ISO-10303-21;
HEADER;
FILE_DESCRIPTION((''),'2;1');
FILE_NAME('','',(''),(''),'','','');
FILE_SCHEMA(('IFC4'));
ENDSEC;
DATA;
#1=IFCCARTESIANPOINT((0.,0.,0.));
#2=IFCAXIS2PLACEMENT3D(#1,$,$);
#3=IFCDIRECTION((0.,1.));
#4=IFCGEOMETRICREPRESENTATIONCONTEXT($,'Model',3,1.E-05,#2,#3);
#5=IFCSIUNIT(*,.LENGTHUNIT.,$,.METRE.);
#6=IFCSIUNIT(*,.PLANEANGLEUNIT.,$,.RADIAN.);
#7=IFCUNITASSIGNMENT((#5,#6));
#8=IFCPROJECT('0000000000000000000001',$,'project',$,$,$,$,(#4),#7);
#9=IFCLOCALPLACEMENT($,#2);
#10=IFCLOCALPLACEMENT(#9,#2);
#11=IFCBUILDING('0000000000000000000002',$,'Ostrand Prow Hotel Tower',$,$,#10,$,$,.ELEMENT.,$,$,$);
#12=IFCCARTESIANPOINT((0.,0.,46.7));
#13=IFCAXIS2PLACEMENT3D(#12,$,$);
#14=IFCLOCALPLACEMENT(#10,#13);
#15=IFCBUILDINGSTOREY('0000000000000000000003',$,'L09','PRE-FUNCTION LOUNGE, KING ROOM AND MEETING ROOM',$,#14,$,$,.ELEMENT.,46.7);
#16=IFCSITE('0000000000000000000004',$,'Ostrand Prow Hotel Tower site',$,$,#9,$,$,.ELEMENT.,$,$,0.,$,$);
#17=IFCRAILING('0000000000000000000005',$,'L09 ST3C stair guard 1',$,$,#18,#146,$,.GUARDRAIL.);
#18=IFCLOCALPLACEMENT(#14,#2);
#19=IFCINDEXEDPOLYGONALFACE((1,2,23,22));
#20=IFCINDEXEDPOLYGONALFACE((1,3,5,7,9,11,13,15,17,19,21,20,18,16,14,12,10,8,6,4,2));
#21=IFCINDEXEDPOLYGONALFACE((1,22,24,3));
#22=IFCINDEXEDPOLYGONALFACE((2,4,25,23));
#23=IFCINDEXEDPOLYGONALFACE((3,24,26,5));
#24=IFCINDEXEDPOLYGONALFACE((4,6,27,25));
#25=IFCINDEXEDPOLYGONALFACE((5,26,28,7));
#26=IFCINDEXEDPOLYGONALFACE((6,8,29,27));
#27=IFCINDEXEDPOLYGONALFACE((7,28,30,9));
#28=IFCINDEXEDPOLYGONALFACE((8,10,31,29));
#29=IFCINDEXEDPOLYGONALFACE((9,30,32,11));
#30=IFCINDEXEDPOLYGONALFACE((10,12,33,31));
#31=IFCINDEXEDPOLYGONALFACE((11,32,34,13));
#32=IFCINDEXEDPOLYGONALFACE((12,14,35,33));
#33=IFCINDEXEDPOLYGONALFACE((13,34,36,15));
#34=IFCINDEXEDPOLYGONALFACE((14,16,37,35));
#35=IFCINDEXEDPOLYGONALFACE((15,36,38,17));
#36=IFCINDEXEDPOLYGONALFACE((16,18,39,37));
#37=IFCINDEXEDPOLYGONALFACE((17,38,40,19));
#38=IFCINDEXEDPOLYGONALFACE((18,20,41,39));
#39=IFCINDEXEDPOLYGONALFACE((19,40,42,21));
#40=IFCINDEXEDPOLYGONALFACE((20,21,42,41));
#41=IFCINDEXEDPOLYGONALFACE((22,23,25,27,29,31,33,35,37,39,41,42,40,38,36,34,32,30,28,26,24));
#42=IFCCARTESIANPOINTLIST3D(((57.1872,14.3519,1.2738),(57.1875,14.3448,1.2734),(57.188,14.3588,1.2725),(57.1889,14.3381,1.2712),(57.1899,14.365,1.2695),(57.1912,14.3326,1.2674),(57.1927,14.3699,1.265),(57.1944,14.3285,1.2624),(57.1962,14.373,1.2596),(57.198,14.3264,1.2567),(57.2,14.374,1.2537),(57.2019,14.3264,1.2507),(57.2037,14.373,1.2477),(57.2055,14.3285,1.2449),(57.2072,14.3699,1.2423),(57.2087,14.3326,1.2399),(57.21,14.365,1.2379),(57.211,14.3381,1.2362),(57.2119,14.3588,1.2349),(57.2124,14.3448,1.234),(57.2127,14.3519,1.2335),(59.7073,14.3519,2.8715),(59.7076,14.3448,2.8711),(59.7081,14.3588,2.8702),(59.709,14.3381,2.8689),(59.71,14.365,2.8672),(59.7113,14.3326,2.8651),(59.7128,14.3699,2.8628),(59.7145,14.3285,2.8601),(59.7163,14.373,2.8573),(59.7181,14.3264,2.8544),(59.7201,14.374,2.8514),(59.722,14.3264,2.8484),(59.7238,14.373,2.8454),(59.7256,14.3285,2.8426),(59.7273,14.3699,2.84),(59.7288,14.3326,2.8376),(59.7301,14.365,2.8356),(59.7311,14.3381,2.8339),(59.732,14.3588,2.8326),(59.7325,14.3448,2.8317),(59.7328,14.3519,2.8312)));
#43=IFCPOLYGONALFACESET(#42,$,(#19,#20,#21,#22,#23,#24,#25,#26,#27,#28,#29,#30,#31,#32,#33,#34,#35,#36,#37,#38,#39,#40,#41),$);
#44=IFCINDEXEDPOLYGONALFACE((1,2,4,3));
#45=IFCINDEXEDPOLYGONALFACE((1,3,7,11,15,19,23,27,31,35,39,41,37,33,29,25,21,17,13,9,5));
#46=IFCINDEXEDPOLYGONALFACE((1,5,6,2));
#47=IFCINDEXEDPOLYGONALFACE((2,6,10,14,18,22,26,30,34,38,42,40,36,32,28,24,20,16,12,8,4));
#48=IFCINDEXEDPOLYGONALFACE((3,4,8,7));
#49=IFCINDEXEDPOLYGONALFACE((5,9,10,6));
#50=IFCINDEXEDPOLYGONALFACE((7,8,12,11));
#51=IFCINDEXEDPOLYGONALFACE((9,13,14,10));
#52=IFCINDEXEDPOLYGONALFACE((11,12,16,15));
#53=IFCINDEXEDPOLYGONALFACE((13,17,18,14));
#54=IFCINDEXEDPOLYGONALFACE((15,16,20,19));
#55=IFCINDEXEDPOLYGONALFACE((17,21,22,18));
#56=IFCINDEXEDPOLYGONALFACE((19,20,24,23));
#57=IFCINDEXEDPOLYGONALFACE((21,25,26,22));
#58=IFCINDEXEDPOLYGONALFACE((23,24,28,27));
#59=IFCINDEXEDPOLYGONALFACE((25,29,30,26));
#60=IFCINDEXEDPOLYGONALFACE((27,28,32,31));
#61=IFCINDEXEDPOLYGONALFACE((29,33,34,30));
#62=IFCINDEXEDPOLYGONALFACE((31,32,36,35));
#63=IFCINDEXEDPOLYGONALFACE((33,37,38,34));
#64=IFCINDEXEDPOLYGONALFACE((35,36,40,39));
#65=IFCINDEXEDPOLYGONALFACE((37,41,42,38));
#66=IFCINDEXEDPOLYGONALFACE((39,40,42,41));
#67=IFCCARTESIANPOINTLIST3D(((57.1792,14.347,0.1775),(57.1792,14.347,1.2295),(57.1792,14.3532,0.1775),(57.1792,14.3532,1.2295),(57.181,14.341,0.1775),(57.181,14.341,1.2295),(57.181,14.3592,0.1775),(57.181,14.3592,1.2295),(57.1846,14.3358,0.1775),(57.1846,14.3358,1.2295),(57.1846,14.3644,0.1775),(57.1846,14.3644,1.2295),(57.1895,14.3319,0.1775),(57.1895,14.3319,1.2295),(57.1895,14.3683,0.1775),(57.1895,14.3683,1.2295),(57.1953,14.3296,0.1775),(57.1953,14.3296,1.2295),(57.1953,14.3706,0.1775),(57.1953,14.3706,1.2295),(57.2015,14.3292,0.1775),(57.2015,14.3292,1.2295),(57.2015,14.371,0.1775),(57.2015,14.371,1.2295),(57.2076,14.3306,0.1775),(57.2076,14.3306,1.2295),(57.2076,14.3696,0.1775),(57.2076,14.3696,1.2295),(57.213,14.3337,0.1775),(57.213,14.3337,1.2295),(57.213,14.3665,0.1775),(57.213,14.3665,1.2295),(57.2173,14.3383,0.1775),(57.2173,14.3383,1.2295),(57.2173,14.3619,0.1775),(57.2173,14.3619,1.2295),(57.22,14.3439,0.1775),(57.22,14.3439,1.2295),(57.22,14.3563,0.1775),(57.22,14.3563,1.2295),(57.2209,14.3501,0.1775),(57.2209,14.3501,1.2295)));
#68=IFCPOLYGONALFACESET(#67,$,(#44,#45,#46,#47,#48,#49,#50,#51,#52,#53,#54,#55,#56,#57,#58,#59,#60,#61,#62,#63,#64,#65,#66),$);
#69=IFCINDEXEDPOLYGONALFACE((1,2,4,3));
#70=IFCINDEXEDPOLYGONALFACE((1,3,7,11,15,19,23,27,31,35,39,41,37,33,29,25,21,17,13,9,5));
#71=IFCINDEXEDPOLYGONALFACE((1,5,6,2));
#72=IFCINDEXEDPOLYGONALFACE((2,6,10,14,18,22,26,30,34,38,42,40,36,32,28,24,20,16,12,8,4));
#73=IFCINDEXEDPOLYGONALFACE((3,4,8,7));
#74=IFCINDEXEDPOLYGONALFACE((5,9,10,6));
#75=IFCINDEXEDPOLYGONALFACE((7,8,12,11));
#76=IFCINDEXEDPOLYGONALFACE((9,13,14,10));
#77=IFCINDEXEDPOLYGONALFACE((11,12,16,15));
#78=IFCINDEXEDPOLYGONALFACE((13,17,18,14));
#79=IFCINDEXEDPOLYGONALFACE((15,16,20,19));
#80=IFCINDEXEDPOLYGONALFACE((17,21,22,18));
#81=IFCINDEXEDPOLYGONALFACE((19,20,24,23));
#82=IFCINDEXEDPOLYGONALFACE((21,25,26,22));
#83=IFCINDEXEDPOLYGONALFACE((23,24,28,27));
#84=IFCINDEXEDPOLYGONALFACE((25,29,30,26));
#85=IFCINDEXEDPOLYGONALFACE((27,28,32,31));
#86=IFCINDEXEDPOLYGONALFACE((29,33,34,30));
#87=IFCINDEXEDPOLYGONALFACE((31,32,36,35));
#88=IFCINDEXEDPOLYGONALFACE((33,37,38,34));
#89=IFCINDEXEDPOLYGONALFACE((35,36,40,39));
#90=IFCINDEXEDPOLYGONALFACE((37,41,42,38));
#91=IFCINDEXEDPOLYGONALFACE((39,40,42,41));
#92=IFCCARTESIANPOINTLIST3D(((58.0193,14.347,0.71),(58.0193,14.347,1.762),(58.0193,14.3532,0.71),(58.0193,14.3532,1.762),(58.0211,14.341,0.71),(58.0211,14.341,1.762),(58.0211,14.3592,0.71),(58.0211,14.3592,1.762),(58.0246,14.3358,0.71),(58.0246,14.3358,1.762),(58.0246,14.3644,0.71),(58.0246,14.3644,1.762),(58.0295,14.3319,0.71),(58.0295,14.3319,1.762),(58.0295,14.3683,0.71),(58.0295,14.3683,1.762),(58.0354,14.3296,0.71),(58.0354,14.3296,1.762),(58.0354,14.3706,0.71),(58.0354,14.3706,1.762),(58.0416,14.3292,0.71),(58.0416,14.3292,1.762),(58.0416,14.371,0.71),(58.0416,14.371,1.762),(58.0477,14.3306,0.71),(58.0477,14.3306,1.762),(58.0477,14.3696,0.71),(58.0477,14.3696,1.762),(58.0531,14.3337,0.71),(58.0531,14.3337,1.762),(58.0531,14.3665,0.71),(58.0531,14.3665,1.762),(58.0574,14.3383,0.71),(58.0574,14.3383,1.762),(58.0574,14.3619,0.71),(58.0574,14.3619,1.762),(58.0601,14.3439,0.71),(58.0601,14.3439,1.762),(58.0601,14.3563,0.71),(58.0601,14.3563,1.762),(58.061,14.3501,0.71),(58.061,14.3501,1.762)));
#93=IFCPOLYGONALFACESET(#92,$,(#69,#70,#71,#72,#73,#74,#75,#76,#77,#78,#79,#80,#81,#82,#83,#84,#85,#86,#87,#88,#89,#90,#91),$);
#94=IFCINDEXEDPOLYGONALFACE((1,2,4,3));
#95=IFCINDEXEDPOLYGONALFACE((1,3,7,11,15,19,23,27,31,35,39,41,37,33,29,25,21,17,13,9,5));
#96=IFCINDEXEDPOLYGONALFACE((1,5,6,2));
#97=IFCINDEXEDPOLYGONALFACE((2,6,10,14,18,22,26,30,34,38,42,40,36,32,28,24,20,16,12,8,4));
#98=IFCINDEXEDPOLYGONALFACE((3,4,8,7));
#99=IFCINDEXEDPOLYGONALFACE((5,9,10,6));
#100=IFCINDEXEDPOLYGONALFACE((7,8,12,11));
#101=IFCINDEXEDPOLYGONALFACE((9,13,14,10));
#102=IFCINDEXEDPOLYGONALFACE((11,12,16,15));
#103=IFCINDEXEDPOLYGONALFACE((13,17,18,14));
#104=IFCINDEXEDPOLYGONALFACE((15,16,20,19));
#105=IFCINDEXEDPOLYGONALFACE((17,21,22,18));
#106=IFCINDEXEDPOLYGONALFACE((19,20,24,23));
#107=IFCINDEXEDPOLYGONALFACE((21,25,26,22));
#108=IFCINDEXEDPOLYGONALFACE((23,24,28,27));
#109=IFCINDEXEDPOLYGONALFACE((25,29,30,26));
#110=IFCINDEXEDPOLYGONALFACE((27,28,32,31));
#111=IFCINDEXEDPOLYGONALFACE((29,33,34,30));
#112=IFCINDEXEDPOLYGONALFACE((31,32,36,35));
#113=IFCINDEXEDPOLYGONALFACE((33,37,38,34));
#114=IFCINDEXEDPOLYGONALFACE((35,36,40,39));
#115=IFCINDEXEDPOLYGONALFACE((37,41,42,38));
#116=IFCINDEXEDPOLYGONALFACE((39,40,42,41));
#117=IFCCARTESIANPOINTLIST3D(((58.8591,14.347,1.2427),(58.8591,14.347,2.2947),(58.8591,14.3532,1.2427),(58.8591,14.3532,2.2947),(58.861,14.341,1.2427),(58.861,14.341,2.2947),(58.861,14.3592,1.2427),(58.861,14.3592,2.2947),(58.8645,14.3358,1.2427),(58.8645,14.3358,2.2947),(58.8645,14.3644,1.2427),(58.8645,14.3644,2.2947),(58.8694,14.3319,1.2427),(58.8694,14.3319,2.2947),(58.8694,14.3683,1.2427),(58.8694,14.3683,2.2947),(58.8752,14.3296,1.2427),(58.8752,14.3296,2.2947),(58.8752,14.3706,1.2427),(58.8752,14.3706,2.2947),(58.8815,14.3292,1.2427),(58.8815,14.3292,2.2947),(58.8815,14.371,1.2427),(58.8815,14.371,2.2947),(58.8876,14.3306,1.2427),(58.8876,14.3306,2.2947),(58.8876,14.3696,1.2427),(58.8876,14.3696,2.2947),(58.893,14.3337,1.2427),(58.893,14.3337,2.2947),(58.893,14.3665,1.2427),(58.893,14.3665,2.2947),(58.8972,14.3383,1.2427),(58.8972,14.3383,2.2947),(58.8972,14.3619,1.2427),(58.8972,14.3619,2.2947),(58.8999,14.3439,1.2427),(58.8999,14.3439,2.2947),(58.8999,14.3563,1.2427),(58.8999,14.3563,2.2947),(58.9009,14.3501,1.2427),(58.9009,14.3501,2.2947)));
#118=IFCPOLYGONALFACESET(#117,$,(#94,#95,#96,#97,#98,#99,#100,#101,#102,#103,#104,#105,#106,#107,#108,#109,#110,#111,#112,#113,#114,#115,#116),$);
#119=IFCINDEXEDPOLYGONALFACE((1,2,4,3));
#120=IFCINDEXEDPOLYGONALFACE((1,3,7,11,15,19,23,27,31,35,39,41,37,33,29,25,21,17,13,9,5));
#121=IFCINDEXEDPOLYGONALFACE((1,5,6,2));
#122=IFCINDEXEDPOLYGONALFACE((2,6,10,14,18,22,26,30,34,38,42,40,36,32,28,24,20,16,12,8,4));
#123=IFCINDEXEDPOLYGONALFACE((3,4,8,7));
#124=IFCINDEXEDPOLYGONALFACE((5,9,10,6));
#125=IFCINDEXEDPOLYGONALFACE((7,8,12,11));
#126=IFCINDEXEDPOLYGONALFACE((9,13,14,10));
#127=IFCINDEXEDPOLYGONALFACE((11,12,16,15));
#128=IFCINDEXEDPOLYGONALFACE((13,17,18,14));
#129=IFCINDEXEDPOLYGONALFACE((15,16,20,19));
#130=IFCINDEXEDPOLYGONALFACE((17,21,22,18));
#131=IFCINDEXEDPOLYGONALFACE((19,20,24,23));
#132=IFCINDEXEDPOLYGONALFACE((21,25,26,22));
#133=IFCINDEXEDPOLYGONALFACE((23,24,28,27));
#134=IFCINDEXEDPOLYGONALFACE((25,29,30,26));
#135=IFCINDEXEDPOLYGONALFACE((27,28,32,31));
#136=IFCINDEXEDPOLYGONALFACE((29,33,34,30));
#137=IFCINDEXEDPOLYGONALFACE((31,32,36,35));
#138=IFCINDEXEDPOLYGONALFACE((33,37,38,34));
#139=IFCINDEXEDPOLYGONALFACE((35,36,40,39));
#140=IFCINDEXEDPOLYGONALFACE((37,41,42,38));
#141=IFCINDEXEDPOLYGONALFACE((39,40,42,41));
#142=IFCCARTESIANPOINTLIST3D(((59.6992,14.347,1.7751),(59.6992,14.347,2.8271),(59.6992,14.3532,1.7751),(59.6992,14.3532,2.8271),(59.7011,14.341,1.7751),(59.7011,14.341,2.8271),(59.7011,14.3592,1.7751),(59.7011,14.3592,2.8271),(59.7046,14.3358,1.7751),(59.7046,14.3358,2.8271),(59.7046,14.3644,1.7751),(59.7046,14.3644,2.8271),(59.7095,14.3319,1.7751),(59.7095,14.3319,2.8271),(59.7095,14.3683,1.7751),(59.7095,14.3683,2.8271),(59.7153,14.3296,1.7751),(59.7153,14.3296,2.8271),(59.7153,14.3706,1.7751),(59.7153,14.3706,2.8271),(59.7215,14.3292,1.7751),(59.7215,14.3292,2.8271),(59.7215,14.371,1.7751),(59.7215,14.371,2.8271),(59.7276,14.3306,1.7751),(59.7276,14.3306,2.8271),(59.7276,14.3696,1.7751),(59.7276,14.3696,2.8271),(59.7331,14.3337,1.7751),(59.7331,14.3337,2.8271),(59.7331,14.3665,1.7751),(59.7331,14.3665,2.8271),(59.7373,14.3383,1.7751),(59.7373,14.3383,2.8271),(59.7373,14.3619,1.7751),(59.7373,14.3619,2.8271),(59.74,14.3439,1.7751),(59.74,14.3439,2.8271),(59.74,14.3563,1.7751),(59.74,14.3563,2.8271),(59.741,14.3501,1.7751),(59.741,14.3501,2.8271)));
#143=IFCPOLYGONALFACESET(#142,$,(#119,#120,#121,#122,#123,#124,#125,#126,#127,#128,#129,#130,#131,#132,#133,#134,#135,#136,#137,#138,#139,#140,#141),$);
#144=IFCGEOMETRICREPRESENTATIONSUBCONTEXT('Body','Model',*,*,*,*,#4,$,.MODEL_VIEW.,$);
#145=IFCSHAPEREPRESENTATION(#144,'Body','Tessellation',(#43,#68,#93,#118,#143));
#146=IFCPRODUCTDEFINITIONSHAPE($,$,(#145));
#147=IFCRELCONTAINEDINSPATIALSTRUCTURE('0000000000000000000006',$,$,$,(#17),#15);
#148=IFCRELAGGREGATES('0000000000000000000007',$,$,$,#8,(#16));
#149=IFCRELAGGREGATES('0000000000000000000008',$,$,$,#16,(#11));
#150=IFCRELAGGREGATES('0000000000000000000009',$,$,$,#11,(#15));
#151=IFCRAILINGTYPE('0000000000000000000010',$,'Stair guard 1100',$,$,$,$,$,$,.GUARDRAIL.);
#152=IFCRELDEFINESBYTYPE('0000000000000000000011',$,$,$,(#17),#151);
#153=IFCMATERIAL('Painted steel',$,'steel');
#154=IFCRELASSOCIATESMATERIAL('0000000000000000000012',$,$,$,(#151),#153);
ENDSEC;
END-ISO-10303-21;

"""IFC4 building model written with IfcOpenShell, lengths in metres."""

from ifc_helpers import new_model, si_unit, direction, frame, origin, origin_2d, place, context, subcontext, project, spatial, circle, extrude, material, type_object, element, save


model = new_model("IFC4")

# Units and contexts
model_context = context("Model", 3, precision=1e-05, world=origin(), true_north=direction((0.0, 1.0)))
body_context = subcontext(model_context, "Body", "Model", "MODEL_VIEW")
ifc_project = project(units=[si_unit("LENGTHUNIT", "METRE"), si_unit("PLANEANGLEUNIT", "RADIAN")], contexts=[model_context])

# Site, building, storey
site_placement = place(None, origin())
site = spatial("IfcSite", under=ifc_project, at=site_placement, Name="Ostrand Prow Hotel Tower site", CompositionType="ELEMENT", RefElevation=0.0)
building_placement = place(site_placement, origin())
building = spatial("IfcBuilding", under=site, at=building_placement, Name="Ostrand Prow Hotel Tower", CompositionType="ELEMENT")
storey_placement = place(building_placement, frame((0.0, 0.0, 46.7)))
storey = spatial("IfcBuildingStorey", under=building, at=storey_placement, Name="L09", Description="PRE-FUNCTION LOUNGE, KING ROOM AND MEETING ROOM", CompositionType="ELEMENT", Elevation=46.7)

# Railing
ifc_material_1 = material(Name="Painted steel", Category="steel")
railing_type_1 = type_object("IfcRailingType", Name="Stair guard 1100", PredefinedType="GUARDRAIL", material=ifc_material_1)
railing_1_placement = place(storey_placement, frame((57.2, 14.3501, 0.1775)))
element("IfcRailing", 1, at=railing_1_placement, inside=storey, type_object=railing_type_1, Name="L09 ST3C stair guard 1", PredefinedType="GUARDRAIL", context=body_context, shape_type="SweptSolid", body=[
    extrude(circle(Radius=0.0239, at=origin_2d()), frame((0.0, 0.0, 1.0762), z_axis=(0.84457, 0.0, 0.535445), x_axis=(0.0, 1.0, 0.0)), (0.0, 0.0, 1.0), 2.9839),
    extrude(circle(Radius=0.021, at=origin_2d()), origin(), (0.0, 0.0, 1.0), 1.052),
    extrude(circle(Radius=0.021, at=origin_2d()), frame((0.8401, 0.0, 0.5325)), (0.0, 0.0, 1.0), 1.052),
    extrude(circle(Radius=0.021, at=origin_2d()), frame((1.6799, 0.0, 1.0652)), (0.0, 0.0, 1.0), 1.052),
    extrude(circle(Radius=0.021, at=origin_2d()), frame((2.52, 0.0, 1.5977)), (0.0, 0.0, 1.0), 1.052),
])

save(model, "model.ifc")
